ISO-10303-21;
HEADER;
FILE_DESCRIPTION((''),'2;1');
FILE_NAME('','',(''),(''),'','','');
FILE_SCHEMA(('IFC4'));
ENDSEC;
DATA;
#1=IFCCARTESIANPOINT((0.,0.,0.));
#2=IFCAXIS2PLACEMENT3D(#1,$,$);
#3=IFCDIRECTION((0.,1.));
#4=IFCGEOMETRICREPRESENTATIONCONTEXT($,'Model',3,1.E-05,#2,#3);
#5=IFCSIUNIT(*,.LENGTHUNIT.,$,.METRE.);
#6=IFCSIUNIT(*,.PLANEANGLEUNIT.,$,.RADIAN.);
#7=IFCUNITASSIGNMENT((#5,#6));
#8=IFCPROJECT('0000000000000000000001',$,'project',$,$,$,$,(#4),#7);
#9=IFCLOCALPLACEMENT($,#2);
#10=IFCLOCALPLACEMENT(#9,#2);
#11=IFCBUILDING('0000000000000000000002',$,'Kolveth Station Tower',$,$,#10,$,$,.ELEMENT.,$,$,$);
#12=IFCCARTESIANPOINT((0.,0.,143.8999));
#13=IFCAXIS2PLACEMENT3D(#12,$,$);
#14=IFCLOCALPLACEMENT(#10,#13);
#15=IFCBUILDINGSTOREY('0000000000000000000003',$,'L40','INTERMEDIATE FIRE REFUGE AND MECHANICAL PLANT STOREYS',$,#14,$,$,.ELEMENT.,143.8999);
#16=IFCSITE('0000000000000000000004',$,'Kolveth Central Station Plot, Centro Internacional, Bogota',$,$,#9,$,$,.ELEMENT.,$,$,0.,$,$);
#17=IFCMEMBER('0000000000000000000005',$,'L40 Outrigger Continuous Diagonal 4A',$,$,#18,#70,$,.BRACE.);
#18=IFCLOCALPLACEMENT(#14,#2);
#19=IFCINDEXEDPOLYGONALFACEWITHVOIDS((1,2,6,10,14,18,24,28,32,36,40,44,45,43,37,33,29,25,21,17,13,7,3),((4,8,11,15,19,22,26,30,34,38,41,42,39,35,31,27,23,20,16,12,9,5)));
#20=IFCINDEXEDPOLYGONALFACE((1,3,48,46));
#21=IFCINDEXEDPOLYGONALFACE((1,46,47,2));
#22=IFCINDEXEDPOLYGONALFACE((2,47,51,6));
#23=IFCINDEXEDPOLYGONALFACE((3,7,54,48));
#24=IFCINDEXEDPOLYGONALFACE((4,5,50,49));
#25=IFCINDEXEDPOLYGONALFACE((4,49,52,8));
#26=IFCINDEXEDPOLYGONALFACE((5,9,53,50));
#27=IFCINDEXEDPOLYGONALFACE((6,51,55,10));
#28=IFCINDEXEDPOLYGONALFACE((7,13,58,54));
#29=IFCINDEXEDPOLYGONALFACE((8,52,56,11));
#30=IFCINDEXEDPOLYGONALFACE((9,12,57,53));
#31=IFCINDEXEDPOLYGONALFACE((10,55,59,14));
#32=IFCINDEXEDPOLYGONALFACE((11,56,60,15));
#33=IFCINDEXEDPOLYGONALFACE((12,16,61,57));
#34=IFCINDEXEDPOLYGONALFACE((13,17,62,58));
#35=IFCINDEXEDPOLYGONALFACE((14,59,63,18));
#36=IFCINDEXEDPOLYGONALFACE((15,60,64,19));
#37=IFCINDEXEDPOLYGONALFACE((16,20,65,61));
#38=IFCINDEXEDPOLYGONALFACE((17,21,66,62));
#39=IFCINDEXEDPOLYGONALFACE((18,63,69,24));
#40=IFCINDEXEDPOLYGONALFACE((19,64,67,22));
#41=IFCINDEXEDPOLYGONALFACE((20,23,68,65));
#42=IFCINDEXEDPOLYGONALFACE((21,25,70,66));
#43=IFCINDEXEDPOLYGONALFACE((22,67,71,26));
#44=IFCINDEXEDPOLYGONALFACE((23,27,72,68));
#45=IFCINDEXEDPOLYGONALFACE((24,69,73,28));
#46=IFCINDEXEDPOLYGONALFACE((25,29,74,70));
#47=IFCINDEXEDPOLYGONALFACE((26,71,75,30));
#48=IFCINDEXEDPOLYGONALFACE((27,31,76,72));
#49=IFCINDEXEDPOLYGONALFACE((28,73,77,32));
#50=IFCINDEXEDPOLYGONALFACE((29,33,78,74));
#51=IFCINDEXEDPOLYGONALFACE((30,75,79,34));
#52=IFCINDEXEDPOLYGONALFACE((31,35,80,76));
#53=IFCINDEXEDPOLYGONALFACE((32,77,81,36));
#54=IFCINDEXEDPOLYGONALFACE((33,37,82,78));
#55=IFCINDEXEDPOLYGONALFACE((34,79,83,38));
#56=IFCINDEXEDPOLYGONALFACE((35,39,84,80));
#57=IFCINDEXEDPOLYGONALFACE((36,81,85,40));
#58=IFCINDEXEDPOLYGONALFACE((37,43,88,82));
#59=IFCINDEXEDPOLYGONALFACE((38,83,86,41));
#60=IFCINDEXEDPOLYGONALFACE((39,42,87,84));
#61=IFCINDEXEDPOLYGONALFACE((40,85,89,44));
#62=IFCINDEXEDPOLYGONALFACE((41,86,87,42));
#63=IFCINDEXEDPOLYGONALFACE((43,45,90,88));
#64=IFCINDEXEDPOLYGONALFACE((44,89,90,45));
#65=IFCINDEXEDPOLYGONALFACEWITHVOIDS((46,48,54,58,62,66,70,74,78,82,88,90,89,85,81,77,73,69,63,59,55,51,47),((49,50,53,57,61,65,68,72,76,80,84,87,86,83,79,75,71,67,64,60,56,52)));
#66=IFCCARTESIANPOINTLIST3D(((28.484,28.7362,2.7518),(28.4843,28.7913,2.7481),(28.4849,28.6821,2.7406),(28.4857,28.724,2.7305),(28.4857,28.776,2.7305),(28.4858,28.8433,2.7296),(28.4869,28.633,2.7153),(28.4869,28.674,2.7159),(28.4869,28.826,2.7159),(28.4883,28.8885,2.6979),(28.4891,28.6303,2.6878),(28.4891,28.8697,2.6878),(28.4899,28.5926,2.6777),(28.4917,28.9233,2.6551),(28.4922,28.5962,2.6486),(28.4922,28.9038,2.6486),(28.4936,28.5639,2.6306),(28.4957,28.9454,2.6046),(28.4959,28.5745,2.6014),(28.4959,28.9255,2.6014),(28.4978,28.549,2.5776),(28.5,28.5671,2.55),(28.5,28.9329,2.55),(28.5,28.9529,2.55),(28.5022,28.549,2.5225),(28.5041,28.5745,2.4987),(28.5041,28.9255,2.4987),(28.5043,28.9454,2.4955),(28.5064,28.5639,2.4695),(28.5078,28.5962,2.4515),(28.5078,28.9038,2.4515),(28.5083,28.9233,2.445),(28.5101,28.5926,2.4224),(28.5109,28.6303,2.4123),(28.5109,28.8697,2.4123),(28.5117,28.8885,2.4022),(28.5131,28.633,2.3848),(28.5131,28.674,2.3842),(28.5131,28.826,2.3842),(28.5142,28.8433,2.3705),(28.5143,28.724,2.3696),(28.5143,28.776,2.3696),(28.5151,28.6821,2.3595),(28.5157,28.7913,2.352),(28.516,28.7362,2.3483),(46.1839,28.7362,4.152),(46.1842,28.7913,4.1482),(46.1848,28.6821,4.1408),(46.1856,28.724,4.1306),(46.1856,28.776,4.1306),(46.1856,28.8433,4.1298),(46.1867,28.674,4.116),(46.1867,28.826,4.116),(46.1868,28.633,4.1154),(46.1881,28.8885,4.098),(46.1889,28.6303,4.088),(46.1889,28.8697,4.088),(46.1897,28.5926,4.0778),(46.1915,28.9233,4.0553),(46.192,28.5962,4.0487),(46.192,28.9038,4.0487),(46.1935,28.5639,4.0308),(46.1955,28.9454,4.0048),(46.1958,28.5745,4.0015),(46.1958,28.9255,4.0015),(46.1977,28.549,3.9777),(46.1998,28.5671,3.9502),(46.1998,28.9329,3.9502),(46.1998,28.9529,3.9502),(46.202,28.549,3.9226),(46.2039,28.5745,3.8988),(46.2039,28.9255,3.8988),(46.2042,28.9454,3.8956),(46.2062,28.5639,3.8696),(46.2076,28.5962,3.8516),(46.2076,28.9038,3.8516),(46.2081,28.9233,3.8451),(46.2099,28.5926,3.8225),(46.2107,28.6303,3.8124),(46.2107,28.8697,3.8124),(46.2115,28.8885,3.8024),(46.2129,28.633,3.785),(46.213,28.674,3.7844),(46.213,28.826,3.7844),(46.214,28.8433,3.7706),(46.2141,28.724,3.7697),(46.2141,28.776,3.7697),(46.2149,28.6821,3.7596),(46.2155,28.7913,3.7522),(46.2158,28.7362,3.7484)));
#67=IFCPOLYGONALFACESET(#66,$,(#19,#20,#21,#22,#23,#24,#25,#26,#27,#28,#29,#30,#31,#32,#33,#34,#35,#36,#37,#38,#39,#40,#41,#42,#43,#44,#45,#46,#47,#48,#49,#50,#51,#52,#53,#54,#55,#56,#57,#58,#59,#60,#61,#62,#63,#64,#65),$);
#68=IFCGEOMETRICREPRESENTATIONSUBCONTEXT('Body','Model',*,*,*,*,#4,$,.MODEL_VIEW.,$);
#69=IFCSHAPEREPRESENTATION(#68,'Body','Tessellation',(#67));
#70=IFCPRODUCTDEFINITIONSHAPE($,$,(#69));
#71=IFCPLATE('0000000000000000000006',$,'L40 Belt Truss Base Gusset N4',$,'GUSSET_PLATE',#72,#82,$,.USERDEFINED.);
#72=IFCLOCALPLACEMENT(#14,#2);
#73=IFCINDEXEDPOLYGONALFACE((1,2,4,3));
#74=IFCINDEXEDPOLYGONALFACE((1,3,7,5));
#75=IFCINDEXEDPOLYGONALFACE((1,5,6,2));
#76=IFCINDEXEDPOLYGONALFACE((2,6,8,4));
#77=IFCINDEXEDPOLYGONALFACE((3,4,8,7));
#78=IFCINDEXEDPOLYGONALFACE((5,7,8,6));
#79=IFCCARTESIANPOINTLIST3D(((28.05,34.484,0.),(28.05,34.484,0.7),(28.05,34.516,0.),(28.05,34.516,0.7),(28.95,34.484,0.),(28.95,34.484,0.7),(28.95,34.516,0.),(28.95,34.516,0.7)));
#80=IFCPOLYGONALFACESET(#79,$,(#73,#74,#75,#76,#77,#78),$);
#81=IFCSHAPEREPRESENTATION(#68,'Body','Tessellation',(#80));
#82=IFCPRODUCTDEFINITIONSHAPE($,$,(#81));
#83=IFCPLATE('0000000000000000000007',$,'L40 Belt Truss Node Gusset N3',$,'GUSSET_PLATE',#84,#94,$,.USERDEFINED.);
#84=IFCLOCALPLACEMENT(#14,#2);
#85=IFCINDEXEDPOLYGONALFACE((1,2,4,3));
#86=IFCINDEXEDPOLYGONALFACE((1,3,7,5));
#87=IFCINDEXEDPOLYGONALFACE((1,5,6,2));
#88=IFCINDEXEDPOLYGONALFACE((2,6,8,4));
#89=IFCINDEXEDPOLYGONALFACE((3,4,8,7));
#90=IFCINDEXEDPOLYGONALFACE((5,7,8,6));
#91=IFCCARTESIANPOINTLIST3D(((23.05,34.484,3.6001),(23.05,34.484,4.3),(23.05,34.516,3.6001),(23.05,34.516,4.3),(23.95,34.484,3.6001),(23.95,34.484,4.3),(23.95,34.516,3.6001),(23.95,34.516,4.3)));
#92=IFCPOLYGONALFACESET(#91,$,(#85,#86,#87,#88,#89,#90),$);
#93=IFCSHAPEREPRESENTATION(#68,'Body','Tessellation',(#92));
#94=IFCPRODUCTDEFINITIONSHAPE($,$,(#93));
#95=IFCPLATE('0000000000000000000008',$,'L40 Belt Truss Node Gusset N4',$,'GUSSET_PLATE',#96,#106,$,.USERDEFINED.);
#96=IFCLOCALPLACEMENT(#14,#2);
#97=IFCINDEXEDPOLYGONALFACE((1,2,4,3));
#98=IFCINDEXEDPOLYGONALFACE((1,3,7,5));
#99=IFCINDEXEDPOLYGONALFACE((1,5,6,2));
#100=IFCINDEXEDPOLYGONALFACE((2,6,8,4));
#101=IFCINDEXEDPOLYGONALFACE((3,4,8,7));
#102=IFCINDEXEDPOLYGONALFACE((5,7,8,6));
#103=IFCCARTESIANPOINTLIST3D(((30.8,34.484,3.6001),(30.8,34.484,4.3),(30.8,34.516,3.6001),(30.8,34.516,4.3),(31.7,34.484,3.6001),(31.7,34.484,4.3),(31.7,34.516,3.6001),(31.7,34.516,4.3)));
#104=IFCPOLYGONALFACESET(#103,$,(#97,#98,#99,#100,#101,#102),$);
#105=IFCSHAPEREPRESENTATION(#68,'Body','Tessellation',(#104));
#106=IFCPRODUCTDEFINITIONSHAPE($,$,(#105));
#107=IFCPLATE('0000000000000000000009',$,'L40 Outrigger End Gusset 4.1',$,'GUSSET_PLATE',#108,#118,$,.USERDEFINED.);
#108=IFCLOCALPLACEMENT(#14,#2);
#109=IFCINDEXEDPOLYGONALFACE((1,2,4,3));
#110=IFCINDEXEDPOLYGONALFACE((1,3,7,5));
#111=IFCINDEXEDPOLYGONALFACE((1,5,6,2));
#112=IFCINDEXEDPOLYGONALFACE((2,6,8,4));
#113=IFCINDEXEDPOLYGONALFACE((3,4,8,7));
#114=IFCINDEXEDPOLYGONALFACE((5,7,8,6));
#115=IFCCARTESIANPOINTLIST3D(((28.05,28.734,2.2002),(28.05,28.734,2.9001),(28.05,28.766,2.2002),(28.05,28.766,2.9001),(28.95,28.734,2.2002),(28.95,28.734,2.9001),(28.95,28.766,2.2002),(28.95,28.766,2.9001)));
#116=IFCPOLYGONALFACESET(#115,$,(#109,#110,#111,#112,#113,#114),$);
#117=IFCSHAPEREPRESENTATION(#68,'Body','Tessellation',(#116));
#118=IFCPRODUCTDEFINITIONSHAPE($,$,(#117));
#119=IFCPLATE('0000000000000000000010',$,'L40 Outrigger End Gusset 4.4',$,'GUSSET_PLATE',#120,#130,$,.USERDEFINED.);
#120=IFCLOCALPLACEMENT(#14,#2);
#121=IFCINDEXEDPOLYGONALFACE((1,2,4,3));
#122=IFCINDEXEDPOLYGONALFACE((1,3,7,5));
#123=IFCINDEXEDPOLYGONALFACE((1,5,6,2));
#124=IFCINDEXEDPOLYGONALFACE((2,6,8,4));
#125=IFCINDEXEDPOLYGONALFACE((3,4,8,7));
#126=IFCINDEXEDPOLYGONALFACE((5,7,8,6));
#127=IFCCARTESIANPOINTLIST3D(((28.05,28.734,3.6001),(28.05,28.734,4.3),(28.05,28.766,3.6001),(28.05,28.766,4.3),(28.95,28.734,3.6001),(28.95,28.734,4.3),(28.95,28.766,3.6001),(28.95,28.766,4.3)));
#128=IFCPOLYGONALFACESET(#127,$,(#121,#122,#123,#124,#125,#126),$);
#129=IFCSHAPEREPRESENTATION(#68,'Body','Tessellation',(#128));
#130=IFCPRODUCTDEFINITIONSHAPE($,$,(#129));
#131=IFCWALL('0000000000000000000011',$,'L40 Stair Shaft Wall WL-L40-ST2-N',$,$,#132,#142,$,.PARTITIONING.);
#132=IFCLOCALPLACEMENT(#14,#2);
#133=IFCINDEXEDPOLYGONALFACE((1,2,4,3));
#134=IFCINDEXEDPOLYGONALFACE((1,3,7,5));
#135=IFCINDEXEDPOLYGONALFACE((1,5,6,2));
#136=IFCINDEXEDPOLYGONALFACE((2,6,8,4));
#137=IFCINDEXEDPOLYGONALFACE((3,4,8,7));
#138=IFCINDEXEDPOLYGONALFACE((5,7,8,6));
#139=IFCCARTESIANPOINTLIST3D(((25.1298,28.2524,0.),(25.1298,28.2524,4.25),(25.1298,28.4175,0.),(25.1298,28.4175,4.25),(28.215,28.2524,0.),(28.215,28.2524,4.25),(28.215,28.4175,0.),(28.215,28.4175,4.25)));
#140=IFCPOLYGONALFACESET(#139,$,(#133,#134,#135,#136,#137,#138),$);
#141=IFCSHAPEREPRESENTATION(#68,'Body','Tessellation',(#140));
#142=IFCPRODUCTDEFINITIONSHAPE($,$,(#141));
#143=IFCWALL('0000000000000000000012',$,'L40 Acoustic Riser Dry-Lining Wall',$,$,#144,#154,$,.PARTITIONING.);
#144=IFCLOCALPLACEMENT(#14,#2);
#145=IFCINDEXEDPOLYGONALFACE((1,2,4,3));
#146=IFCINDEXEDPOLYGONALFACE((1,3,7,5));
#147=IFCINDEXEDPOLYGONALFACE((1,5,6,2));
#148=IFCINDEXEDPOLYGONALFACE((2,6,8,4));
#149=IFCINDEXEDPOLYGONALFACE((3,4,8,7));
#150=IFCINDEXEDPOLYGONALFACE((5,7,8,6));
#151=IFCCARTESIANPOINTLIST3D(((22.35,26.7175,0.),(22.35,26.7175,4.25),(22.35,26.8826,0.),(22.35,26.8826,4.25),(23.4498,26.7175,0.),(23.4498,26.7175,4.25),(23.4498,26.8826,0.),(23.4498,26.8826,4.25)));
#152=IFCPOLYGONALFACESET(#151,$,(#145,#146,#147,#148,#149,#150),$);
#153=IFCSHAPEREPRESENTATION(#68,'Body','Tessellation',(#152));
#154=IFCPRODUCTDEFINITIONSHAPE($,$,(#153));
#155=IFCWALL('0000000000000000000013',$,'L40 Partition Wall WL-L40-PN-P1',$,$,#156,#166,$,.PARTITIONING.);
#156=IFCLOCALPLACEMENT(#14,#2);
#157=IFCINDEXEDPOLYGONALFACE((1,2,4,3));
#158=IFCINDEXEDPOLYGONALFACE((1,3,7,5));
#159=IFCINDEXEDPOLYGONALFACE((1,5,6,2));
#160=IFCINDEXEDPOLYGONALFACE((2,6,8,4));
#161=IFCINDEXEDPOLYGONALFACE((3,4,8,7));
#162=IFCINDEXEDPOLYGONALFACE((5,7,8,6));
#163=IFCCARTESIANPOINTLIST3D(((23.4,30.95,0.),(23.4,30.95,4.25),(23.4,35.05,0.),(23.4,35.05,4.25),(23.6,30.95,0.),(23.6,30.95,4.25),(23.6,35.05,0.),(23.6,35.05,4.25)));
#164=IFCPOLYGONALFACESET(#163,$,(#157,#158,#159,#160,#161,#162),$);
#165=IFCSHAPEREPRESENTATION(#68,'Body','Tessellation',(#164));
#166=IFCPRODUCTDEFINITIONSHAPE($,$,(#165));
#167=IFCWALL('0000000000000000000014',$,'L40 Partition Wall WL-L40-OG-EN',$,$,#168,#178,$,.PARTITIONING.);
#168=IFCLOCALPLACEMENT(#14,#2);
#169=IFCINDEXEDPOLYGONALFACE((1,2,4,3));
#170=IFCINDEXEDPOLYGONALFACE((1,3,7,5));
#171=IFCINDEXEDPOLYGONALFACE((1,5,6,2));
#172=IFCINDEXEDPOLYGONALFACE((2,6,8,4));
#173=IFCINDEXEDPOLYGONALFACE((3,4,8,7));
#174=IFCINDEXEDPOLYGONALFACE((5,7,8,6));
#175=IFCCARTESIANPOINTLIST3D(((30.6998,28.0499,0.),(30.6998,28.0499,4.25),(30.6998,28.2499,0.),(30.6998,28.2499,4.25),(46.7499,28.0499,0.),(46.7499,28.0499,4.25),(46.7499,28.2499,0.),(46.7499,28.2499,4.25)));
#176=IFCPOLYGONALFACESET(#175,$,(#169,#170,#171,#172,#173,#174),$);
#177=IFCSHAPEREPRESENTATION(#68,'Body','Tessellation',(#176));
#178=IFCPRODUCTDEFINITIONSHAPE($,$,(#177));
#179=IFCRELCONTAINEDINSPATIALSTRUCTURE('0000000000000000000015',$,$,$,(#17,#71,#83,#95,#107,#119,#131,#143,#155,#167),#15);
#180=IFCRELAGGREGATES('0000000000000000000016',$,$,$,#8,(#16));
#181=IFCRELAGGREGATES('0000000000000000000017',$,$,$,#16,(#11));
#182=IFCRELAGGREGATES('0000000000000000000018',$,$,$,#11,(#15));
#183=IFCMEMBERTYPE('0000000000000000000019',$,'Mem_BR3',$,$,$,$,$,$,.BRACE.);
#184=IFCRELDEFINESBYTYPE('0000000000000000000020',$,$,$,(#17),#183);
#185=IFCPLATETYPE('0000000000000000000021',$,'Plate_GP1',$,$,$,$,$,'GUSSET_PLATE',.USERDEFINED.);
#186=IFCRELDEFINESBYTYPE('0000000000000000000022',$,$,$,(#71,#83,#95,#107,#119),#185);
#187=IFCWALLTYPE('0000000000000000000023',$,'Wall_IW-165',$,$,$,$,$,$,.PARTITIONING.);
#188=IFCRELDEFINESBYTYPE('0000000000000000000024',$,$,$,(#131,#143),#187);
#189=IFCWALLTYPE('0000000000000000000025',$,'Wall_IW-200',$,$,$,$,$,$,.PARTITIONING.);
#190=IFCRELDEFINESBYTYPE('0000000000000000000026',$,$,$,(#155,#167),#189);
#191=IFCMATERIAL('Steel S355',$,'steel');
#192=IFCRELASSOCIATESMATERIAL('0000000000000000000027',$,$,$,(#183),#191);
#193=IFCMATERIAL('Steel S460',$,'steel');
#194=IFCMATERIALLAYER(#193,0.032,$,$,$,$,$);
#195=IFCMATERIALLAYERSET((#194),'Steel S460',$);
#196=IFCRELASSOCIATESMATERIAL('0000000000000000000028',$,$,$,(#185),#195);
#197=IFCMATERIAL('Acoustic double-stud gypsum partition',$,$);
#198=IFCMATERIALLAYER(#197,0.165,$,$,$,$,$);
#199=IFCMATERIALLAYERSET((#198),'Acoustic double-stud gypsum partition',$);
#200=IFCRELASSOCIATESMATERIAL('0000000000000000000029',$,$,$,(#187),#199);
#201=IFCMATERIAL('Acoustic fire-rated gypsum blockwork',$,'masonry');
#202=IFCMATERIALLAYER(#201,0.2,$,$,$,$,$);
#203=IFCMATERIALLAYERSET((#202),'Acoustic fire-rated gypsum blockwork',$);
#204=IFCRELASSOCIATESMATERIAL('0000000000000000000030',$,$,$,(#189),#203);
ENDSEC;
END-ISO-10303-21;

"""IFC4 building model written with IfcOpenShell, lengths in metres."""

from ifc_helpers import new_model, si_unit, direction, frame, frame_2d, origin, origin_2d, place, context, subcontext, project, spatial, rectangle, hollow_circle, extrude, source, transform, mapped, material, layer, layer_set, material_profile, profile_set, type_object, element, save


model = new_model("IFC4")

# Units and contexts
model_context = context("Model", 3, precision=1e-05, world=origin(), true_north=direction((0.0, 1.0)))
body_context = subcontext(model_context, "Body", "Model", "MODEL_VIEW")
ifc_project = project(units=[si_unit("LENGTHUNIT", "METRE"), si_unit("PLANEANGLEUNIT", "RADIAN")], contexts=[model_context])

# Site, building, storey
site_placement = place(None, origin())
site = spatial("IfcSite", under=ifc_project, at=site_placement, Name="Kolveth Central Station Plot, Centro Internacional, Bogota", CompositionType="ELEMENT", RefElevation=0.0)
building_placement = place(site_placement, origin())
building = spatial("IfcBuilding", under=site, at=building_placement, Name="Kolveth Station Tower", CompositionType="ELEMENT")
storey_placement = place(building_placement, frame((0.0, 0.0, 143.8999)))
storey = spatial("IfcBuildingStorey", under=building, at=storey_placement, Name="L40", Description="INTERMEDIATE FIRE REFUGE AND MECHANICAL PLANT STOREYS", CompositionType="ELEMENT", Elevation=143.8999)

# Shared definitions
ifc_material_1 = material(Name="Steel S460", Category="steel")
ifc_material_2 = material(Name="Steel S355", Category="steel")

# Member
ifc_material_profile_1 = material_profile(ifc_material_2, hollow_circle(Radius=0.2029, WallThickness=0.02, at=origin_2d()), Name="CHS406x20")
ifc_profile_set_1 = profile_set([ifc_material_profile_1], Name="Steel S355")
member_type_1 = type_object("IfcMemberType", Name="Mem_BR3", PredefinedType="BRACE", material=ifc_profile_set_1)
shared_shape_1 = source(origin(), body_context, "Body", "SweptSolid", [
    extrude(hollow_circle(Radius=0.2029, WallThickness=0.02, at=origin_2d()), origin(), (0.0, 0.0, 1.0), 17.7551),
])
member_1_placement = place(storey_placement, frame((28.5, 28.75, 2.55), z_axis=(0.996886, 0.0, 0.078858), x_axis=(0.0, 1.0, 0.0)))
element("IfcMember", 1, at=member_1_placement, inside=storey, type_object=member_type_1, Name="L40 Outrigger Continuous Diagonal 4A", PredefinedType="BRACE", context=body_context, shape_type="MappedRepresentation", body=[
    mapped(shared_shape_1, transform((0.0, 0.0, 0.0), x_axis=(1.0, 0.0, 0.0), y_axis=(0.0, 1.0, 0.0), z_axis=(0.0, 0.0, 1.0), scale=1.0)),
])

# Plates
ifc_layer_1 = layer(ifc_material_1, 0.032)
ifc_layer_set_1 = layer_set([ifc_layer_1], Name="Steel S460")
plate_type = type_object("IfcPlateType", Name="Plate_GP1", ElementType="GUSSET_PLATE", PredefinedType="USERDEFINED", material=ifc_layer_set_1)
shared_shape_2 = source(origin(), body_context, "Body", "SweptSolid", [
    extrude(rectangle(XDim=0.8999, YDim=0.032, at=origin_2d()), origin(), (0.0, 0.0, 1.0), 0.7),
])
for number, where, z_axis, x_axis, name in (
    (2, (28.5, 34.5, 0.0), (0.0, 0.0, 1.0), (1.0, 0.0, 0.0), "L40 Belt Truss Base Gusset N4"),
    (3, (23.5, 34.5, 3.6001), (0.0, 0.0, 1.0), (1.0, 0.0, 0.0), "L40 Belt Truss Node Gusset N3"),
    (4, (31.25, 34.5, 3.6001), (0.0, 0.0, 1.0), (1.0, 0.0, 0.0), "L40 Belt Truss Node Gusset N4"),
    (5, (28.5, 28.75, 2.2002), (0.0, 0.0, 1.0), (1.0, 0.0, 0.0), "L40 Outrigger End Gusset 4.1"),
    (6, (28.5, 28.75, 3.6001), (0.0, 0.0, 1.0), (1.0, 0.0, 0.0), "L40 Outrigger End Gusset 4.4"),
):
    element("IfcPlate", number, at=place(storey_placement, frame(where, z_axis=z_axis, x_axis=x_axis)), inside=storey, type_object=plate_type, Name=name, ObjectType="GUSSET_PLATE", PredefinedType="USERDEFINED", context=body_context, shape_type="MappedRepresentation", body=[
        mapped(shared_shape_2, transform((0.0, 0.0, 0.0), x_axis=(1.0, 0.0, 0.0), y_axis=(0.0, 1.0, 0.0), z_axis=(0.0, 0.0, 1.0), scale=1.0)),
    ])

# Walls
ifc_material_3 = material(Name="Acoustic double-stud gypsum partition")
ifc_layer_2 = layer(ifc_material_3, 0.165)
ifc_layer_set_2 = layer_set([ifc_layer_2], Name="Acoustic double-stud gypsum partition")
wall_type_1 = type_object("IfcWallType", Name="Wall_IW-165", PredefinedType="PARTITIONING", material=ifc_layer_set_2)
wall_1_placement = place(storey_placement, frame((25.1299, 28.335, 0.0), z_axis=(0.0, 0.0, 1.0), x_axis=(1.0, 0.0, 0.0)))
element("IfcWall", 7, at=wall_1_placement, inside=storey, type_object=wall_type_1, Name="L40 Stair Shaft Wall WL-L40-ST2-N", PredefinedType="PARTITIONING", context=body_context, shape_type="SweptSolid", body=[
    extrude(rectangle(XDim=3.0852, YDim=0.165, at=frame_2d((1.5425, 0.0))), origin(), (0.0, 0.0, 1.0), 4.25),
])
wall_2_placement = place(storey_placement, frame((22.3501, 26.8, 0.0), z_axis=(0.0, 0.0, 1.0), x_axis=(1.0, 0.0, 0.0)))
element("IfcWall", 8, at=wall_2_placement, inside=storey, type_object=wall_type_1, Name="L40 Acoustic Riser Dry-Lining Wall", PredefinedType="PARTITIONING", context=body_context, shape_type="SweptSolid", body=[
    extrude(rectangle(XDim=1.0999, YDim=0.165, at=frame_2d((0.5498, 0.0))), origin(), (0.0, 0.0, 1.0), 4.25),
])
ifc_material_4 = material(Name="Acoustic fire-rated gypsum blockwork", Category="masonry")
ifc_layer_3 = layer(ifc_material_4, 0.2)
ifc_layer_set_3 = layer_set([ifc_layer_3], Name="Acoustic fire-rated gypsum blockwork")
wall_type_2 = type_object("IfcWallType", Name="Wall_IW-200", PredefinedType="PARTITIONING", material=ifc_layer_set_3)
wall_3_placement = place(storey_placement, frame((23.5, 30.95, 0.0), z_axis=(0.0, 0.0, 1.0), x_axis=(0.0, 1.0, 0.0)))
element("IfcWall", 9, at=wall_3_placement, inside=storey, type_object=wall_type_2, Name="L40 Partition Wall WL-L40-PN-P1", PredefinedType="PARTITIONING", context=body_context, shape_type="SweptSolid", body=[
    extrude(rectangle(XDim=4.1001, YDim=0.2, at=frame_2d((2.05, 0.0))), origin(), (0.0, 0.0, 1.0), 4.25),
])
wall_4_placement = place(storey_placement, frame((30.7, 28.1499, 0.0), z_axis=(0.0, 0.0, 1.0), x_axis=(1.0, 0.0, 0.0)))
element("IfcWall", 10, at=wall_4_placement, inside=storey, type_object=wall_type_2, Name="L40 Partition Wall WL-L40-OG-EN", PredefinedType="PARTITIONING", context=body_context, shape_type="SweptSolid", body=[
    extrude(rectangle(XDim=16.05, YDim=0.2, at=frame_2d((8.0249, 0.0))), origin(), (0.0, 0.0, 1.0), 4.25),
])

save(model, "model.ifc")
